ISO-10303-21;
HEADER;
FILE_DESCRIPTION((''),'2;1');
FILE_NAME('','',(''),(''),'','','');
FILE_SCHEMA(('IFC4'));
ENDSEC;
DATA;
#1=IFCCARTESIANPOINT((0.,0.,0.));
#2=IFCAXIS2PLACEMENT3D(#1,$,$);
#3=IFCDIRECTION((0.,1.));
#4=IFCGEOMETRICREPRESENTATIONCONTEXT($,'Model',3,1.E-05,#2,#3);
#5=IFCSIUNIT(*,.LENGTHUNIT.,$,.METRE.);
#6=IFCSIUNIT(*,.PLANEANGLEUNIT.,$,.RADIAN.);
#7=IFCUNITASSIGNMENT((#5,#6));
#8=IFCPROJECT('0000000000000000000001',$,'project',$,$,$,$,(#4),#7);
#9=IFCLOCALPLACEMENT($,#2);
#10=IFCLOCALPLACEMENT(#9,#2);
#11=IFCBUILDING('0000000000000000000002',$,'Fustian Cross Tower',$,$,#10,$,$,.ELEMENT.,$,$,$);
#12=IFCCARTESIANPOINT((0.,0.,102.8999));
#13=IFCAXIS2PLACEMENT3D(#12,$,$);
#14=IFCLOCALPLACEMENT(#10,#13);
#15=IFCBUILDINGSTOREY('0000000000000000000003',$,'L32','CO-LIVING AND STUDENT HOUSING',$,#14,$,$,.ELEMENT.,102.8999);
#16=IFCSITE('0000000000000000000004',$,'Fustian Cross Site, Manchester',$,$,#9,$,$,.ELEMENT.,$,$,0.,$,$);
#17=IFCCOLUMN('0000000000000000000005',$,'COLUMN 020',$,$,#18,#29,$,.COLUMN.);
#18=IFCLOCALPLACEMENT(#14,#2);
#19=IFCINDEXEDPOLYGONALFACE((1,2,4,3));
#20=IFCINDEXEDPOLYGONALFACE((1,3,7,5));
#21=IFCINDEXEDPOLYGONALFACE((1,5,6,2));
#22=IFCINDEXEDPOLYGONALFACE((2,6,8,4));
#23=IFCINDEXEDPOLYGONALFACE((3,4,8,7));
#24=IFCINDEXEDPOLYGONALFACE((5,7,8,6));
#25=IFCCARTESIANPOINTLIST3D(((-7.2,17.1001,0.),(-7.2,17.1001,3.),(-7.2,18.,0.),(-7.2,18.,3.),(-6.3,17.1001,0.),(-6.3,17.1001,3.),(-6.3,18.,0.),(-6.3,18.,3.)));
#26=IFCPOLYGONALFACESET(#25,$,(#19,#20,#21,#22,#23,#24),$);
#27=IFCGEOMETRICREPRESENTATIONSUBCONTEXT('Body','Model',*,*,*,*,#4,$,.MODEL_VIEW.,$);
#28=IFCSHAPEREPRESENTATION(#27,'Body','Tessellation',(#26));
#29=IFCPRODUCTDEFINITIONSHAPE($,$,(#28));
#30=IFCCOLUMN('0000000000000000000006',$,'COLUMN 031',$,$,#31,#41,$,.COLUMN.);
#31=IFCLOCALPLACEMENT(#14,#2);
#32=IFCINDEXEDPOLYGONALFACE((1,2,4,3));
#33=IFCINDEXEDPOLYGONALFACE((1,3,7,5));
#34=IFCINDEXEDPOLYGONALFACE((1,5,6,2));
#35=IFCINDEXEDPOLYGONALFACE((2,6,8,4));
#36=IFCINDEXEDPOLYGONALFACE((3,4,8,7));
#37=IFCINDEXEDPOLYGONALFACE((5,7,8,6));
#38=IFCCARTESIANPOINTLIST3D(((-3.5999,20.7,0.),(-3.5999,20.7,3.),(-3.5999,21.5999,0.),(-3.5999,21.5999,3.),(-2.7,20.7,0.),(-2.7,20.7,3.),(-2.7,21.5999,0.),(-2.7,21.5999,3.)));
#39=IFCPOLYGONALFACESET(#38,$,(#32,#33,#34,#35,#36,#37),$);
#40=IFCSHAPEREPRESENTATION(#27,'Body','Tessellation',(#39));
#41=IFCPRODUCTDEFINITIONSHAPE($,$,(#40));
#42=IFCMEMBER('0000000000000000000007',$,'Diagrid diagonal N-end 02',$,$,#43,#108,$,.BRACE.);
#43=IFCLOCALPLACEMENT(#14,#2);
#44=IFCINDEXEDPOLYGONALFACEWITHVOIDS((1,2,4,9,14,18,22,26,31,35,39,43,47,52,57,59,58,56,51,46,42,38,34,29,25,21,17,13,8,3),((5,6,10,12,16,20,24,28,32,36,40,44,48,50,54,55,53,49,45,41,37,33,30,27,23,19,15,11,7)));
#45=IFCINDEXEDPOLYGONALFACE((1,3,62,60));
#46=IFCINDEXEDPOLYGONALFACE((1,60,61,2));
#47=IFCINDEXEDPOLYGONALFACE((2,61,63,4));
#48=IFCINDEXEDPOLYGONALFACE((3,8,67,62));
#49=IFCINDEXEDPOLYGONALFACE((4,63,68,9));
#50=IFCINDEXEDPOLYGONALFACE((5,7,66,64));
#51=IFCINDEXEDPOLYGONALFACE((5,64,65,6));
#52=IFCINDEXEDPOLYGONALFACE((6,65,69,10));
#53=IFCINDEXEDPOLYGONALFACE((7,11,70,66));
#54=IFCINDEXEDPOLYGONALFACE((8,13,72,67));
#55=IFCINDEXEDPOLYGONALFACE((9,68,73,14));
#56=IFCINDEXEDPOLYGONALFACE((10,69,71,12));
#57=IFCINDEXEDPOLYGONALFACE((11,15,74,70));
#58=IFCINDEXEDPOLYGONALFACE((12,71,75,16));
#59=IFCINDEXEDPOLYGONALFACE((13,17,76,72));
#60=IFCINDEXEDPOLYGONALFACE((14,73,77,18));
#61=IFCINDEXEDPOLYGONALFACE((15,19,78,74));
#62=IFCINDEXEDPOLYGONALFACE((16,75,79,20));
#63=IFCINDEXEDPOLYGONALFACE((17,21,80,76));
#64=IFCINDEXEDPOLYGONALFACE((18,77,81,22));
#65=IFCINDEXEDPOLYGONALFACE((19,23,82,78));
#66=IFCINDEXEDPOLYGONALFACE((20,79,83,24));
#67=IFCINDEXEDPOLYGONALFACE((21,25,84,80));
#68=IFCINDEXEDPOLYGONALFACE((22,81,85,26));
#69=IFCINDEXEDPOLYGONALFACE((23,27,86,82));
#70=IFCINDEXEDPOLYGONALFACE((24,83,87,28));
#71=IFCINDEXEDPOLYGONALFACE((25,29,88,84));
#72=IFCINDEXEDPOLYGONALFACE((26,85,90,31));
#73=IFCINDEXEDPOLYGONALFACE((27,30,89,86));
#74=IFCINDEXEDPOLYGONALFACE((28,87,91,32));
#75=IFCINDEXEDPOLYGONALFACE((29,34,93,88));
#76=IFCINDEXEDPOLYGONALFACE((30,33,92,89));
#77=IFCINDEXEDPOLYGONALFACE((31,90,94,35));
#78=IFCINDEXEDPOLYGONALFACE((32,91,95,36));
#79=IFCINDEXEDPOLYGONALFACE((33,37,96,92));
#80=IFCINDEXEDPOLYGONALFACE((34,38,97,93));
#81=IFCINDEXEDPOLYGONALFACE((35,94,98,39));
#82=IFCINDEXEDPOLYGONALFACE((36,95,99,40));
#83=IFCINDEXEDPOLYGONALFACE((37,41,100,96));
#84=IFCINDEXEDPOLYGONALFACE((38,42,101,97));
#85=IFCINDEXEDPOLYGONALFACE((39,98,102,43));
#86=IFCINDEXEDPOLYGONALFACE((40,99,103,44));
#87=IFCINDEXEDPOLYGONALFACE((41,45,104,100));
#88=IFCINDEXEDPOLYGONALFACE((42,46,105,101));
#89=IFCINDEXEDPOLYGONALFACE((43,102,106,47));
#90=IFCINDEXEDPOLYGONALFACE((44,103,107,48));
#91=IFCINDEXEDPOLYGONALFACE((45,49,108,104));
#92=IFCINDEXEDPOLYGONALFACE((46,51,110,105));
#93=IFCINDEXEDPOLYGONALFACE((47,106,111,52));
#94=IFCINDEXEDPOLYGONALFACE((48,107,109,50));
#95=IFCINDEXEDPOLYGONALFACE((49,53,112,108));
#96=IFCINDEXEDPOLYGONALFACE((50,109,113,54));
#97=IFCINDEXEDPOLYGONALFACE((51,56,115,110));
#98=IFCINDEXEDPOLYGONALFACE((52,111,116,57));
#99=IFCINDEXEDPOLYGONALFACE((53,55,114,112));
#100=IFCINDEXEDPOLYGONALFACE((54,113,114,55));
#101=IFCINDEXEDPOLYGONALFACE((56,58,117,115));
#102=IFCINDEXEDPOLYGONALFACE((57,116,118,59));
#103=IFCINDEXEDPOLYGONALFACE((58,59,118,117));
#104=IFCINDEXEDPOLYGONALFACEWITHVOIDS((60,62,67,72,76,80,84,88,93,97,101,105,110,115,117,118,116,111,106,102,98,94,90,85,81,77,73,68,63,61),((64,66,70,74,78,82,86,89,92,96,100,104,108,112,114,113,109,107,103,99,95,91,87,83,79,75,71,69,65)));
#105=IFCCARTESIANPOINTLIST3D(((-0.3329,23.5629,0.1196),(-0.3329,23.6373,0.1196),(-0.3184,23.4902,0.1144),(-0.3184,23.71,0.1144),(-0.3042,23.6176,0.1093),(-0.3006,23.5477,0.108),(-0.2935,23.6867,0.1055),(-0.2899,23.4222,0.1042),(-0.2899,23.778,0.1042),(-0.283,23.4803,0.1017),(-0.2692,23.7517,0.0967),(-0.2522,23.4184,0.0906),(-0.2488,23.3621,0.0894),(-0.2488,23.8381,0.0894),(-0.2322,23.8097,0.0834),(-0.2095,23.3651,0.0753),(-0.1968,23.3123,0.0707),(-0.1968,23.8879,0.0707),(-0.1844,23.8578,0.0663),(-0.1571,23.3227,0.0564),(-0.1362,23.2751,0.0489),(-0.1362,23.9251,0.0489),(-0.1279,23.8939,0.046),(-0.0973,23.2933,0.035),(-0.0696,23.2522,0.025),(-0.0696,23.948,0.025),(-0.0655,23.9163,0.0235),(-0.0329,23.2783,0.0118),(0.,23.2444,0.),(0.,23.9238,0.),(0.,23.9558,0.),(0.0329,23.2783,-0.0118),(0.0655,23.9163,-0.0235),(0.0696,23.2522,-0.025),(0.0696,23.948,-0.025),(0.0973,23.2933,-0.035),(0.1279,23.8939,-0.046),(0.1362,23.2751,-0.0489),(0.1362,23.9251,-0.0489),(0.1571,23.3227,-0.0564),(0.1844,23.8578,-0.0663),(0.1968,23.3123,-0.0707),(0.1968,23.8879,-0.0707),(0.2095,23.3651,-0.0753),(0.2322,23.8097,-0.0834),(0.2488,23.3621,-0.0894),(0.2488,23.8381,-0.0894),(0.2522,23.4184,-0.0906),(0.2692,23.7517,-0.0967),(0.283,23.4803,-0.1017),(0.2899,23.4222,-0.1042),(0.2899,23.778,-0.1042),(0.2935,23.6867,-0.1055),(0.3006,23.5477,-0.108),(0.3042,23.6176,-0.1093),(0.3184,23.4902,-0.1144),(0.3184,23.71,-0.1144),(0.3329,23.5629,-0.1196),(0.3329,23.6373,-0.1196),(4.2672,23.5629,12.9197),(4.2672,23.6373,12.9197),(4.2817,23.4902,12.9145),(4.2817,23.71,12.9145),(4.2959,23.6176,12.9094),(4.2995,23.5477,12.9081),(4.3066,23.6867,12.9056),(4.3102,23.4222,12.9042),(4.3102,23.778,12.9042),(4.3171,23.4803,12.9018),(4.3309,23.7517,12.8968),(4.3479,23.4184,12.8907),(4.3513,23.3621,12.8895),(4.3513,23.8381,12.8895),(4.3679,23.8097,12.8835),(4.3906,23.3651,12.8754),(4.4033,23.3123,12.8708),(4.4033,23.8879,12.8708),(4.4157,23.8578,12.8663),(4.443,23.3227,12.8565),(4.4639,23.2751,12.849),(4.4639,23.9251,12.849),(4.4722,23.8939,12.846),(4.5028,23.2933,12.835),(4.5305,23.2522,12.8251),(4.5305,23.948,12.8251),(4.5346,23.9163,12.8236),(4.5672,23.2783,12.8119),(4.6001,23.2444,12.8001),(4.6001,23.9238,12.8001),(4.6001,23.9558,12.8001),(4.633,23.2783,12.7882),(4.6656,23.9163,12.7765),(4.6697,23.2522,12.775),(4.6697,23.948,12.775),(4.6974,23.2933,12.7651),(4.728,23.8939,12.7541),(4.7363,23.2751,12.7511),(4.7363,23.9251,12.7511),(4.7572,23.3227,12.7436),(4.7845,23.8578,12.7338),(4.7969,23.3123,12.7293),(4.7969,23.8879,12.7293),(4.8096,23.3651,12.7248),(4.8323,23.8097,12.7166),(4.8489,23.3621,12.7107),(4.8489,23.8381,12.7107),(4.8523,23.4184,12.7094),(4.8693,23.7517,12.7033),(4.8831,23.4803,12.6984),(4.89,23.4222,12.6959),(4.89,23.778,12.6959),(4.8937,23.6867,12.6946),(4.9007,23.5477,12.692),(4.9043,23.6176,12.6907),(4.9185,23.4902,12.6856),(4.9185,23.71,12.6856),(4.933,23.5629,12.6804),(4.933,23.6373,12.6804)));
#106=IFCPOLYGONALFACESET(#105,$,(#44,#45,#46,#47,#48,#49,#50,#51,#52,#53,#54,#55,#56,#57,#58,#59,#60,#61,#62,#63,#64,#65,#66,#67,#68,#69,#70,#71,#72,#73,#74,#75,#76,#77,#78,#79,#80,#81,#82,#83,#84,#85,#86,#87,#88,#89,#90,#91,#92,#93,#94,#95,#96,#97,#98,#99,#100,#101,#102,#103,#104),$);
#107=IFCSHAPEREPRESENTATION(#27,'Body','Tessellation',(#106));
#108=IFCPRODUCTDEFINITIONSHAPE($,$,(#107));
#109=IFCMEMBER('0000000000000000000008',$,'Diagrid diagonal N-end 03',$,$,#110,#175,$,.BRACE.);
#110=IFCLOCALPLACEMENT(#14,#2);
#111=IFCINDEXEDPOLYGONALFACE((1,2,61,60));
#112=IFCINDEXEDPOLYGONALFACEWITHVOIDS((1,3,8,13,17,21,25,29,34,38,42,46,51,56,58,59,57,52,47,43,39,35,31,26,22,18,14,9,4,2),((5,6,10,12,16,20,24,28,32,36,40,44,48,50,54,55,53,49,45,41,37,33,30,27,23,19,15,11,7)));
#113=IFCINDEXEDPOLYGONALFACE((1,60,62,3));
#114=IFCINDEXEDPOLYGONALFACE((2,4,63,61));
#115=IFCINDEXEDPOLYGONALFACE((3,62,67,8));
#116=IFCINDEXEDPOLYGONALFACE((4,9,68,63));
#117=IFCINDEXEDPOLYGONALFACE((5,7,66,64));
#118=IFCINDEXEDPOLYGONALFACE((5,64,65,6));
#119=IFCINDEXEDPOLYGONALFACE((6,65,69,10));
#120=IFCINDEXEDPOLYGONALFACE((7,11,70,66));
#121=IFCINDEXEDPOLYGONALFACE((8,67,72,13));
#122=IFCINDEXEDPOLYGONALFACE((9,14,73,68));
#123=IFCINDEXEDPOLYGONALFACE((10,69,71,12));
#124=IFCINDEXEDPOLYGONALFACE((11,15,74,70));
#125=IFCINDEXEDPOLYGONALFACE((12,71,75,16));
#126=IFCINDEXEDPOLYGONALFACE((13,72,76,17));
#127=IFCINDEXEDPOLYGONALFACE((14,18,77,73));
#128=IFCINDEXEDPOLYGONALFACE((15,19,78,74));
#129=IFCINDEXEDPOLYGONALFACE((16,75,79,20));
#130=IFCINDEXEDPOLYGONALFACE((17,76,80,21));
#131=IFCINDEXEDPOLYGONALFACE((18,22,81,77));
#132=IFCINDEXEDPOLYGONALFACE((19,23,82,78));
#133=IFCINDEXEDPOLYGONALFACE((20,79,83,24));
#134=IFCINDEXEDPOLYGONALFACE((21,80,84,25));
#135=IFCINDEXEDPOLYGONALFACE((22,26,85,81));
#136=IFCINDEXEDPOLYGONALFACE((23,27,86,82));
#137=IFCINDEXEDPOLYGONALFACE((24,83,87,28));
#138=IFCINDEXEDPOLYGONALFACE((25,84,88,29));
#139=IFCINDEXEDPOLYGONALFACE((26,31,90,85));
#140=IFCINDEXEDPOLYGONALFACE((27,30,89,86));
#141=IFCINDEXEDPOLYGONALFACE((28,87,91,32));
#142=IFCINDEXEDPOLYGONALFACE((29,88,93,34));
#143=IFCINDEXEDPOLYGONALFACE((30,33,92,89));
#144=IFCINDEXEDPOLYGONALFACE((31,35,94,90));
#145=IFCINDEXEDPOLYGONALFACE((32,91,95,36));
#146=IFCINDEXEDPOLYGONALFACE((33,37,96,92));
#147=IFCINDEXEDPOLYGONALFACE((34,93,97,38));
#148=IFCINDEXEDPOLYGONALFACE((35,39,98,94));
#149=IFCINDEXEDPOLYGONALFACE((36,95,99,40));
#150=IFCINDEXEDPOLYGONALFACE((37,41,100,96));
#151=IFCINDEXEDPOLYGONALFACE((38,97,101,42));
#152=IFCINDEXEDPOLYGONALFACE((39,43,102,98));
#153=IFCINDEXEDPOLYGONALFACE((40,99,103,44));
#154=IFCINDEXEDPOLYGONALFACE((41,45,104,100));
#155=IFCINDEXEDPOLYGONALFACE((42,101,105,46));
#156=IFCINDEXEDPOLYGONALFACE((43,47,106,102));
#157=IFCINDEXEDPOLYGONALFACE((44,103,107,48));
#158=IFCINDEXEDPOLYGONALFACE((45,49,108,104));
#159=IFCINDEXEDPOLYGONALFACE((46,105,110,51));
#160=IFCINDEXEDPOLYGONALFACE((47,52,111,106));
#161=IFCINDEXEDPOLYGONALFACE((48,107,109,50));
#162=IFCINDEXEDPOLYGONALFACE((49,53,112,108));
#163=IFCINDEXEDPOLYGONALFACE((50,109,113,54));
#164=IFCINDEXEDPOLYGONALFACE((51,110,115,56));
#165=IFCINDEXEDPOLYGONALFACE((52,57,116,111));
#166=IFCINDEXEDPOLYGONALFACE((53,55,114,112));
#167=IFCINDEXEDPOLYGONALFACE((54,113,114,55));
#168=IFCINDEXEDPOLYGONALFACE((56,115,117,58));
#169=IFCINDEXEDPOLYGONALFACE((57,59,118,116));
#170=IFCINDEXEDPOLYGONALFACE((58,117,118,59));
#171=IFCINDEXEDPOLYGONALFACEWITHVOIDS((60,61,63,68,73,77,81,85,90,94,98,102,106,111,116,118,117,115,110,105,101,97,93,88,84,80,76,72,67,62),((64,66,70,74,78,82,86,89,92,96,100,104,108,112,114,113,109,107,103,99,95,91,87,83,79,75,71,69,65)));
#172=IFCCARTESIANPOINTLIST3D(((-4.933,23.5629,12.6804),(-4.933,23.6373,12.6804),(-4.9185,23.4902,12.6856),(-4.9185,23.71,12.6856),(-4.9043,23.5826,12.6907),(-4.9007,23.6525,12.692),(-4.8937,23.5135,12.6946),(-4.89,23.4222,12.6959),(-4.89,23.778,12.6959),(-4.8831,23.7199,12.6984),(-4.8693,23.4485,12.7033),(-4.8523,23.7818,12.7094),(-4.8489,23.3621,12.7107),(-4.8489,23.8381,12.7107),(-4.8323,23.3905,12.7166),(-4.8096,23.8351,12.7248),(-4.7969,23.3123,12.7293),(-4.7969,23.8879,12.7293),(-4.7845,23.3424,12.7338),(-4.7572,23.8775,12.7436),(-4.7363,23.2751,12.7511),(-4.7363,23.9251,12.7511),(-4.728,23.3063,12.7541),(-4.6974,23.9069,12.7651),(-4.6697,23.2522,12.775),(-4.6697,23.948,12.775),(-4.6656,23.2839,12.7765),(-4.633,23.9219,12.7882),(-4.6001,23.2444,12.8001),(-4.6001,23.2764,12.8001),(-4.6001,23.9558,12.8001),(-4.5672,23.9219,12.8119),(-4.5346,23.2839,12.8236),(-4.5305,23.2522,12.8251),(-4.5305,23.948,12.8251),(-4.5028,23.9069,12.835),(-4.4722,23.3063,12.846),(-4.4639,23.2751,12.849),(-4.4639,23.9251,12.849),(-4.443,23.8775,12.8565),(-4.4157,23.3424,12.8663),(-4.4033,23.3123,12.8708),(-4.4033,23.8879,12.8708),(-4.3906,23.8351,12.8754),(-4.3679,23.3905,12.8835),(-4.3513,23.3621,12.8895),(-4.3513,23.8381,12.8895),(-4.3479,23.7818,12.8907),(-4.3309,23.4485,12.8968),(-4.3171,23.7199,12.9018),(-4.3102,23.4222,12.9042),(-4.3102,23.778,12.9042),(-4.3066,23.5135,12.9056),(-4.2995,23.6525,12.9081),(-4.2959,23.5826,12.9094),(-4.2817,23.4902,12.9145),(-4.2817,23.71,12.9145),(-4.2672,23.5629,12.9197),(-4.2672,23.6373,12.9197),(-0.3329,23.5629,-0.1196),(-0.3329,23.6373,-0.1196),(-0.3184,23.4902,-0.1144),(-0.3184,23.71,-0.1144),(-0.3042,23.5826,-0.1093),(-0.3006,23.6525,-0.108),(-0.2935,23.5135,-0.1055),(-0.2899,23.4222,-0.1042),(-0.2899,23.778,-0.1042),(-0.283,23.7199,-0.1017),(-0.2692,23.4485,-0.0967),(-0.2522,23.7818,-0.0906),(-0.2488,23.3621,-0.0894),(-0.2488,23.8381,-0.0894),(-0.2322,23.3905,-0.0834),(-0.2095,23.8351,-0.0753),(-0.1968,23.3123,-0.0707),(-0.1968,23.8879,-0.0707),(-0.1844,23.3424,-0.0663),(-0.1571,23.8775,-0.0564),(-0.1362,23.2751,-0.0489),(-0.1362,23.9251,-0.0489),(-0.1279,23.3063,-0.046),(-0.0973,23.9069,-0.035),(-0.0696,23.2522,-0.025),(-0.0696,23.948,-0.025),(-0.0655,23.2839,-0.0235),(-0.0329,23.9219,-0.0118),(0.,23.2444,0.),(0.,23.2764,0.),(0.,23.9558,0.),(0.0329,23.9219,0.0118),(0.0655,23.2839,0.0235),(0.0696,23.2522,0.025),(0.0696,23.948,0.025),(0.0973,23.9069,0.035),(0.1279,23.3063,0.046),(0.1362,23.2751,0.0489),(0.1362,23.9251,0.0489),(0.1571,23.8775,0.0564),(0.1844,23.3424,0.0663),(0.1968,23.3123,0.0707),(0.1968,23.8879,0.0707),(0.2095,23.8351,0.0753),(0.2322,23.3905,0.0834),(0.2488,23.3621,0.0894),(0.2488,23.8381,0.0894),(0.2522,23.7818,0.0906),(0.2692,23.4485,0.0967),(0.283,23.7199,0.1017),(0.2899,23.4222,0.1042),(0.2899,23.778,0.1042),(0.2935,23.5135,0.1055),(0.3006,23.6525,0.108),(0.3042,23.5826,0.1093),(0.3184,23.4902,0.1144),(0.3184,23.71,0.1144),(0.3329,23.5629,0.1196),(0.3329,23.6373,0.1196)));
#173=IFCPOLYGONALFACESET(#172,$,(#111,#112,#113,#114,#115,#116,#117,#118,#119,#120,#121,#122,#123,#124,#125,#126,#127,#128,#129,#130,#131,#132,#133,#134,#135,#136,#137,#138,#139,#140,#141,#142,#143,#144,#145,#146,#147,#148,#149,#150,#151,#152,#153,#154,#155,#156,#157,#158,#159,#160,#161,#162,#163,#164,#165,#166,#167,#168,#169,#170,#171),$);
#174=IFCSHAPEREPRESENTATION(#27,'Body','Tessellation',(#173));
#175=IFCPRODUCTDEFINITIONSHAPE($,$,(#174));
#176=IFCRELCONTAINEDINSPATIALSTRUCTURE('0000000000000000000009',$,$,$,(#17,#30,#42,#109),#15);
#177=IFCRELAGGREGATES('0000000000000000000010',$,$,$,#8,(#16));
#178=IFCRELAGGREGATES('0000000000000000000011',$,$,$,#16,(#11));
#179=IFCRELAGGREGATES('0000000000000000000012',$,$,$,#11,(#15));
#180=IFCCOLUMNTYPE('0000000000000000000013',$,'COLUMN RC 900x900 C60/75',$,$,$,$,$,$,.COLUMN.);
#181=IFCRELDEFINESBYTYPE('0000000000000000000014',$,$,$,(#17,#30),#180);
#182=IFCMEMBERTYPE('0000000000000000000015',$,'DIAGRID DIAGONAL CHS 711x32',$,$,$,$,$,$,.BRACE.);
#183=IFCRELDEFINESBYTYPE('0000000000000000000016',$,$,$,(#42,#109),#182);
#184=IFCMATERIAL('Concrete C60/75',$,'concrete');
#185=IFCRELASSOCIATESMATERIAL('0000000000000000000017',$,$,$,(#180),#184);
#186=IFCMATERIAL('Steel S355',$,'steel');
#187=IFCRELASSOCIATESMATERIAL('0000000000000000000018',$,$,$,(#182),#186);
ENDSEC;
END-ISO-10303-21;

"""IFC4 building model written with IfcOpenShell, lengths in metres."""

from ifc_helpers import new_model, si_unit, direction, frame, origin, origin_2d, place, context, subcontext, project, spatial, rectangle, hollow_circle, extrude, material, material_profile, profile_set, type_object, element, save


model = new_model("IFC4")

# Units and contexts
model_context = context("Model", 3, precision=1e-05, world=origin(), true_north=direction((0.0, 1.0)))
body_context = subcontext(model_context, "Body", "Model", "MODEL_VIEW")
ifc_project = project(units=[si_unit("LENGTHUNIT", "METRE"), si_unit("PLANEANGLEUNIT", "RADIAN")], contexts=[model_context])

# Site, building, storey
site_placement = place(None, origin())
site = spatial("IfcSite", under=ifc_project, at=site_placement, Name="Fustian Cross Site, Manchester", CompositionType="ELEMENT", RefElevation=0.0)
building_placement = place(site_placement, origin())
building = spatial("IfcBuilding", under=site, at=building_placement, Name="Fustian Cross Tower", CompositionType="ELEMENT")
storey_placement = place(building_placement, frame((0.0, 0.0, 102.8999)))
storey = spatial("IfcBuildingStorey", under=building, at=storey_placement, Name="L32", Description="CO-LIVING AND STUDENT HOUSING", CompositionType="ELEMENT", Elevation=102.8999)

# Columns
ifc_material_1 = material(Name="Concrete C60/75", Category="concrete")
ifc_material_profile_1 = material_profile(ifc_material_1, rectangle(XDim=0.8999, YDim=0.8999, at=origin_2d()), Name="RC 900x900")
ifc_profile_set_1 = profile_set([ifc_material_profile_1], Name="Concrete C60/75")
column_type = type_object("IfcColumnType", Name="COLUMN RC 900x900 C60/75", PredefinedType="COLUMN", material=ifc_profile_set_1)
for number, where, z_axis, x_axis, name in (
    (1, (-6.75, 17.55, 0.0), (0.0, 0.0, 1.0), (1.0, 0.0, 0.0), "COLUMN 020"),
    (2, (-3.1499, 21.1499, 0.0), (0.0, 0.0, 1.0), (1.0, 0.0, 0.0), "COLUMN 031"),
):
    element("IfcColumn", number, at=place(storey_placement, frame(where, z_axis=z_axis, x_axis=x_axis)), inside=storey, type_object=column_type, Name=name, PredefinedType="COLUMN", context=body_context, shape_type="SweptSolid", body=[
        extrude(rectangle(XDim=0.8999, YDim=0.8999, at=origin_2d()), origin(), (0.0, 0.0, 1.0), 3.0),
    ])

# Members
ifc_material_2 = material(Name="Steel S355", Category="steel")
ifc_material_profile_2 = material_profile(ifc_material_2, hollow_circle(Radius=0.3557, WallThickness=0.032, at=origin_2d()), Name="CHS 711x32")
ifc_profile_set_2 = profile_set([ifc_material_profile_2], Name="Steel S355")
member_type_1 = type_object("IfcMemberType", Name="DIAGRID DIAGONAL CHS 711x32", PredefinedType="BRACE", material=ifc_profile_set_2)
for number, where, z_axis, x_axis, name in (
    (3, (0.0, 23.6001, 0.0), (0.338204, 0.0, 0.941073), (0.0, 1.0, 0.0), "Diagrid diagonal N-end 02"),
    (4, (0.0, 23.6001, 0.0), (-0.338204, 0.0, 0.941073), (0.0, -1.0, 0.0), "Diagrid diagonal N-end 03"),
):
    element("IfcMember", number, at=place(storey_placement, frame(where, z_axis=z_axis, x_axis=x_axis)), inside=storey, type_object=member_type_1, Name=name, PredefinedType="BRACE", context=body_context, shape_type="SweptSolid", body=[
        extrude(hollow_circle(Radius=0.3557, WallThickness=0.032, at=origin_2d()), origin(), (0.0, 0.0, 1.0), 13.6016),
    ])

save(model, "model.ifc")
